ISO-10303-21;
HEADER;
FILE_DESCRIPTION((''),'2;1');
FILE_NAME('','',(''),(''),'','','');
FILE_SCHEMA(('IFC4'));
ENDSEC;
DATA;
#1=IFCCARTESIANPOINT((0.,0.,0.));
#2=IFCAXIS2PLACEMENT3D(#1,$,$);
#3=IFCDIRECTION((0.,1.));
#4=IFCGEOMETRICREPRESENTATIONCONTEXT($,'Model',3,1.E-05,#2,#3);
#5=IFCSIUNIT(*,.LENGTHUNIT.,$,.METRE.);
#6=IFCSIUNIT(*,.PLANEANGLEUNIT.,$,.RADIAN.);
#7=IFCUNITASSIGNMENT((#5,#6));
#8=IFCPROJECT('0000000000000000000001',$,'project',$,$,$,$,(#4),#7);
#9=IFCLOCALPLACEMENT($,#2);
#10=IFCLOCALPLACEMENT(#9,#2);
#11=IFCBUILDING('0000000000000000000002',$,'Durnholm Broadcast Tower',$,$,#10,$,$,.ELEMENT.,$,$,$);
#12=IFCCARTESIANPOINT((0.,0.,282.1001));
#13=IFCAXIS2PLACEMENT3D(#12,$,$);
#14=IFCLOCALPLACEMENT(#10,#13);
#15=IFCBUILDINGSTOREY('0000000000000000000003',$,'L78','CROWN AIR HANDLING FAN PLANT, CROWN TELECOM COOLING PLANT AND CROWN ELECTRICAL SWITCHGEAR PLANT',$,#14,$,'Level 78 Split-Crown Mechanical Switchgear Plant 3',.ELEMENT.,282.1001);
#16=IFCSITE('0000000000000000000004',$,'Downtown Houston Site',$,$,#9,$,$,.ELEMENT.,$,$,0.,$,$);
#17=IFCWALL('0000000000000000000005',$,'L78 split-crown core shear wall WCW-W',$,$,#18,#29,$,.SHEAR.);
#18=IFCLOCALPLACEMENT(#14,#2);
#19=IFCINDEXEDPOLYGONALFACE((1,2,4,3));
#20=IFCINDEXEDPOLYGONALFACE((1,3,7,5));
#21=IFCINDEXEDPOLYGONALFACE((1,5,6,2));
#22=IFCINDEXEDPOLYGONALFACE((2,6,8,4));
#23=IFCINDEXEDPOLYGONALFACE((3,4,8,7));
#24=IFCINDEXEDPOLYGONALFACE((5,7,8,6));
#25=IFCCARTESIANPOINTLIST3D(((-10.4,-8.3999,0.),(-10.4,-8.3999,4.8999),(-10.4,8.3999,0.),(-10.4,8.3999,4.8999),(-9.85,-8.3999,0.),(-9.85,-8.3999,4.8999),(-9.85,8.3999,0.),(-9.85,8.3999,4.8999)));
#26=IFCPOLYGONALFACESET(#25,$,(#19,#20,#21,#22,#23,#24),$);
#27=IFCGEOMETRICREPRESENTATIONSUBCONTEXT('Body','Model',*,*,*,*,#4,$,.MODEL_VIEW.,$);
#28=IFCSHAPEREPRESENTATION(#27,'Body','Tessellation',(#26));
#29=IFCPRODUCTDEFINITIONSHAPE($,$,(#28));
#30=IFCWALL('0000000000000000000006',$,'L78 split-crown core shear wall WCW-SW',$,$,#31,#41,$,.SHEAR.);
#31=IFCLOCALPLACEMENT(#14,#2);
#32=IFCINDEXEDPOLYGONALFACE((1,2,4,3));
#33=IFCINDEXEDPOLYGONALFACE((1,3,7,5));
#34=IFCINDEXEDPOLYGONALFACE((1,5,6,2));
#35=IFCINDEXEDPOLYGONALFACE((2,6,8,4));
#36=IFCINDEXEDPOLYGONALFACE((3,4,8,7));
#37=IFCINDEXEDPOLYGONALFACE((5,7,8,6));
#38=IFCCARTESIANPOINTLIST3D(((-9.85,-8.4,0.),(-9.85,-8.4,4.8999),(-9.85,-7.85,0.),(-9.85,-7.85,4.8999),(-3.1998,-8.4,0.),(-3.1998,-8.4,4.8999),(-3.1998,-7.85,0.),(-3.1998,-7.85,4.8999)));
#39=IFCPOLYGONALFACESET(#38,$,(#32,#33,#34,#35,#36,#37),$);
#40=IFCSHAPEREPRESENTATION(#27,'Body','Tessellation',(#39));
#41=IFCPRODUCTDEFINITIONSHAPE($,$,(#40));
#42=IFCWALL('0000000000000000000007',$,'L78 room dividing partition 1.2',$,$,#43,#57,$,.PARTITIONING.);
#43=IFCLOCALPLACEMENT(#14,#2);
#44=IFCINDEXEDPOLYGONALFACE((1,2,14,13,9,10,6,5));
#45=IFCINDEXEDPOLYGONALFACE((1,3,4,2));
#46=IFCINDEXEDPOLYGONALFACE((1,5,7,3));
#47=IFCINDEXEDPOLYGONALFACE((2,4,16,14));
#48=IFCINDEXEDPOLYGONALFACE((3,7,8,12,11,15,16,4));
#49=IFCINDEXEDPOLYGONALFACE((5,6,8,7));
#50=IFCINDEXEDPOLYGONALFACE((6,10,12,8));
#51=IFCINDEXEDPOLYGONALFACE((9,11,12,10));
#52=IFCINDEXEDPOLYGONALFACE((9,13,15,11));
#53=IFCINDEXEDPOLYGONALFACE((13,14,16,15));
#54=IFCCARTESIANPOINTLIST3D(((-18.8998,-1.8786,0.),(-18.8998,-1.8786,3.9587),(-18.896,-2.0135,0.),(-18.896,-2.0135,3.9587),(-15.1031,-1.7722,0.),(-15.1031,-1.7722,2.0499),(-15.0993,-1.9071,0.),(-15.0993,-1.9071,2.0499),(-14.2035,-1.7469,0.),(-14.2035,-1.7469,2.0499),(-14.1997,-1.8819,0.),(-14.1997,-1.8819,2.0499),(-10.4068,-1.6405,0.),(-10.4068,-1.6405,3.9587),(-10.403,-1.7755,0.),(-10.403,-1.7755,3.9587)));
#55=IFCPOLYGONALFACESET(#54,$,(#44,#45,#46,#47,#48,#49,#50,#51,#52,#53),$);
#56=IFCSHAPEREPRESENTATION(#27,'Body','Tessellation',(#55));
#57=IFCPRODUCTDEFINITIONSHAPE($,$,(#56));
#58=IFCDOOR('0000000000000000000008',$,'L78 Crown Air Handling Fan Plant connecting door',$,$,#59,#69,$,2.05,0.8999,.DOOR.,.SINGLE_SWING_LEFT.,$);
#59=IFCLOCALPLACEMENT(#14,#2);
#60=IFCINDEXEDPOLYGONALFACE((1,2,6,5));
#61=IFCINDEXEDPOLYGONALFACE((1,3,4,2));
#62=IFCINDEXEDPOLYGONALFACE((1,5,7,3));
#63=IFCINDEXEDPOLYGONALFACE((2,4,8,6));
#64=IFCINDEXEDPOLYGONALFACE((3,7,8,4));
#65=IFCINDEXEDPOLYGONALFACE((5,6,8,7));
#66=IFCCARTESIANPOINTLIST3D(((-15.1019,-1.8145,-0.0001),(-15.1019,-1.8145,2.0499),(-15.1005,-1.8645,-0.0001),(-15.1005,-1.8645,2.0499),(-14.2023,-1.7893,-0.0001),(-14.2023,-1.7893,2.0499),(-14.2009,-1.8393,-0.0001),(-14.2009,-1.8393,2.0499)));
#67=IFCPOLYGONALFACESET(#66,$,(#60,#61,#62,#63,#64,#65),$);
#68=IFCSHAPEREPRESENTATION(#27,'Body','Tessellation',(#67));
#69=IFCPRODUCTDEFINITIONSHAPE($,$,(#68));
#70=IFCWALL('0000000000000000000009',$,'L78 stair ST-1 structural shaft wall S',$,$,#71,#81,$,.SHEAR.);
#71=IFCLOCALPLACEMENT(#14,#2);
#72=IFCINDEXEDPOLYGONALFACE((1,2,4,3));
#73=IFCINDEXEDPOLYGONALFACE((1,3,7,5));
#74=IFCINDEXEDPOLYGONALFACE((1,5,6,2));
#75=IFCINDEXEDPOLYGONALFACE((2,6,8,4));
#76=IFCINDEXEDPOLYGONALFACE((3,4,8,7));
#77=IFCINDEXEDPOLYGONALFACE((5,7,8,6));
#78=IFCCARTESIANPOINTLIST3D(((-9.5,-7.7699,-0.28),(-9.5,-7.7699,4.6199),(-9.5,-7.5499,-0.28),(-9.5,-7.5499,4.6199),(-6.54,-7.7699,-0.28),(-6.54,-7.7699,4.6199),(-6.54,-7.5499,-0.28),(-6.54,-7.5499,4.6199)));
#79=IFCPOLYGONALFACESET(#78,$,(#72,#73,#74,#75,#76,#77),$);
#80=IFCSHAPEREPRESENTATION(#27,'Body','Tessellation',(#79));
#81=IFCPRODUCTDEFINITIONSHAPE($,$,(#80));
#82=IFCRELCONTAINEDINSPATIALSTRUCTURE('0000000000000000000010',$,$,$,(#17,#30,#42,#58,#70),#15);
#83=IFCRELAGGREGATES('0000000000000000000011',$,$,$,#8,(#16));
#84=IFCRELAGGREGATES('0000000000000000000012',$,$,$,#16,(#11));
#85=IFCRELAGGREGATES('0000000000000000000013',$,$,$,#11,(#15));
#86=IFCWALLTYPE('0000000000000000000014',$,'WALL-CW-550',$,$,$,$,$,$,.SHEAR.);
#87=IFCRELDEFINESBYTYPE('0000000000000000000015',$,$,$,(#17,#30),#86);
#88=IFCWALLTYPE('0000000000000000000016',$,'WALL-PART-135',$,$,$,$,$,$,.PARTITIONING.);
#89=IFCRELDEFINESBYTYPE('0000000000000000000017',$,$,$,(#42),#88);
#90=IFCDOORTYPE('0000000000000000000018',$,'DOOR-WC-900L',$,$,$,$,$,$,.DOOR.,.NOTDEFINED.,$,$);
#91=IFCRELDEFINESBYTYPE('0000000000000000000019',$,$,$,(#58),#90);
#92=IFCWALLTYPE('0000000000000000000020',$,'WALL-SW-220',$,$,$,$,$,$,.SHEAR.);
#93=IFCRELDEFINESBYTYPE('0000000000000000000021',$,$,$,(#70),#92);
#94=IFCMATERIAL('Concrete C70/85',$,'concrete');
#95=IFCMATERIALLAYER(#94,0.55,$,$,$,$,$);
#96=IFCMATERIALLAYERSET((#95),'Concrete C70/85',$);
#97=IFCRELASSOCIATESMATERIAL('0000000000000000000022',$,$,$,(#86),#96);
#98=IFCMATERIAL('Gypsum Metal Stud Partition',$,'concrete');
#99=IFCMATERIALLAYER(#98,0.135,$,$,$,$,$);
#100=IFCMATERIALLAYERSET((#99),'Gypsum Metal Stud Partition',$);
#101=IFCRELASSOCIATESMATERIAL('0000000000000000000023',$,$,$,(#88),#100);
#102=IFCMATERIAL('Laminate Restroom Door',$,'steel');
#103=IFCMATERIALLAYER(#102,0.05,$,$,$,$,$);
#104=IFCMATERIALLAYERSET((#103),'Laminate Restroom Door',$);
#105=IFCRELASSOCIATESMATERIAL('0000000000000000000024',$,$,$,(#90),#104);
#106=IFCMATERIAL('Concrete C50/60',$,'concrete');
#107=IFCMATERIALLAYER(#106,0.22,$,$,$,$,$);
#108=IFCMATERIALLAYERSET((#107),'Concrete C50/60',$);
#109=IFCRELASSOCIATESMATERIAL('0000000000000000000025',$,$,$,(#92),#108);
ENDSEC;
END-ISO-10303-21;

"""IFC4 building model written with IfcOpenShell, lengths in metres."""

from ifc_helpers import new_model, si_unit, direction, frame, frame_2d, origin, place, context, subcontext, project, spatial, rectangle, extrude, source, transform, mapped, material, layer, layer_set, type_object, type_shapes, element, fill, save


model = new_model("IFC4")

# Units and contexts
model_context = context("Model", 3, precision=1e-05, world=origin(), true_north=direction((0.0, 1.0)))
body_context = subcontext(model_context, "Body", "Model", "MODEL_VIEW")
ifc_project = project(units=[si_unit("LENGTHUNIT", "METRE"), si_unit("PLANEANGLEUNIT", "RADIAN")], contexts=[model_context])

# Site, building, storey
site_placement = place(None, origin())
site = spatial("IfcSite", under=ifc_project, at=site_placement, Name="Downtown Houston Site", CompositionType="ELEMENT", RefElevation=0.0)
building_placement = place(site_placement, origin())
building = spatial("IfcBuilding", under=site, at=building_placement, Name="Durnholm Broadcast Tower", CompositionType="ELEMENT")
storey_placement = place(building_placement, frame((0.0, 0.0, 282.1001)))
storey = spatial("IfcBuildingStorey", under=building, at=storey_placement, Name="L78", Description="CROWN AIR HANDLING FAN PLANT, CROWN TELECOM COOLING PLANT AND CROWN ELECTRICAL SWITCHGEAR PLANT", LongName="Level 78 Split-Crown Mechanical Switchgear Plant 3", CompositionType="ELEMENT", Elevation=282.1001)

# Shared definitions
ifc_material_1 = material(Name="Concrete C70/85", Category="concrete")

# Walls
ifc_layer_1 = layer(ifc_material_1, 0.55)
ifc_layer_set_1 = layer_set([ifc_layer_1], Name="Concrete C70/85")
wall_type_1 = type_object("IfcWallType", Name="WALL-CW-550", PredefinedType="SHEAR", material=ifc_layer_set_1)
wall_1_placement = place(storey_placement, frame((-10.125, -8.3999, 0.0), z_axis=(0.0, 0.0, 1.0), x_axis=(0.0, 1.0, 0.0)))
element("IfcWall", 1, at=wall_1_placement, inside=storey, type_object=wall_type_1, Name="L78 split-crown core shear wall WCW-W", PredefinedType="SHEAR", context=body_context, shape_type="SweptSolid", body=[
    extrude(rectangle(XDim=16.7998, YDim=0.55, at=frame_2d((8.3999, 0.0))), origin(), (0.0, 0.0, 1.0), 4.8999),
])
wall_2_placement = place(storey_placement, frame((-9.8501, -8.125, 0.0), z_axis=(0.0, 0.0, 1.0), x_axis=(1.0, 0.0, 0.0)))
element("IfcWall", 2, at=wall_2_placement, inside=storey, type_object=wall_type_1, Name="L78 split-crown core shear wall WCW-SW", PredefinedType="SHEAR", context=body_context, shape_type="SweptSolid", body=[
    extrude(rectangle(XDim=6.6501, YDim=0.55, at=frame_2d((3.3252, 0.0))), origin(), (0.0, 0.0, 1.0), 4.8999),
])

# Wall, opening, door
ifc_material_2 = material(Name="Gypsum Metal Stud Partition", Category="concrete")
ifc_layer_2 = layer(ifc_material_2, 0.135)
ifc_layer_set_2 = layer_set([ifc_layer_2], Name="Gypsum Metal Stud Partition")
wall_type_2 = type_object("IfcWallType", Name="WALL-PART-135", PredefinedType="PARTITIONING", material=ifc_layer_set_2)
wall_3_placement = place(storey_placement, frame((-10.405, -1.708, 0.0), z_axis=(0.0, 0.0, 1.0), x_axis=(-0.999607, -0.028017, 0.0)))
wall_3 = element("IfcWall", 3, at=wall_3_placement, inside=storey, type_object=wall_type_2, Name="L78 room dividing partition 1.2", PredefinedType="PARTITIONING", context=body_context, shape_type="SweptSolid", body=[
    extrude(rectangle(XDim=8.4963, YDim=0.135, at=frame_2d((4.248, 0.0))), origin(), (0.0, 0.0, 1.0), 3.9587),
])
opening_placement = place(wall_3_placement, frame((3.7981, 0.0, 0.0)))
opening = element("IfcOpeningElement", 4, at=opening_placement, cuts=wall_3, PredefinedType="OPENING", context=body_context, shape_type="SweptSolid", body=[
    extrude(rectangle(XDim=0.8999, YDim=2.05, at=frame_2d((0.45, 1.0249))), frame((0.0, 0.0776, 0.0), z_axis=(0.0, -1.0, 0.0), x_axis=(1.0, 0.0, 0.0)), (0.0, 0.0, 1.0), 0.155),
])
ifc_material_3 = material(Name="Laminate Restroom Door", Category="steel")
ifc_layer_3 = layer(ifc_material_3, 0.05)
ifc_layer_set_3 = layer_set([ifc_layer_3], Name="Laminate Restroom Door")
door_type = type_object("IfcDoorType", Name="DOOR-WC-900L", OperationType="NOTDEFINED", PredefinedType="DOOR", material=ifc_layer_set_3)
shared_shape_1 = source(origin(), body_context, "Body", "SweptSolid", [
    extrude(rectangle(XDim=0.8999, YDim=2.05, at=frame_2d((0.45, 1.0249))), frame((0.0, 0.0249, 0.0), z_axis=(0.0, -1.0, 0.0), x_axis=(1.0, 0.0, 0.0)), (0.0, 0.0, 1.0), 0.05),
])
type_shapes(door_type, [shared_shape_1])
door_placement = place(opening_placement, origin())
door = element("IfcDoor", 5, at=door_placement, inside=storey, type_object=door_type, Name="L78 Crown Air Handling Fan Plant connecting door", OperationType="SINGLE_SWING_LEFT", OverallHeight=2.05, OverallWidth=0.8999, PredefinedType="DOOR", context=body_context, shape_type="MappedRepresentation", body=[
    mapped(shared_shape_1, transform((0.0, 0.0, 0.0), x_axis=(1.0, 0.0, 0.0), y_axis=(0.0, 1.0, 0.0), z_axis=(0.0, 0.0, 1.0), scale=1.0)),
])
fill(opening, door)

# Wall
ifc_material_4 = material(Name="Concrete C50/60", Category="concrete")
ifc_layer_4 = layer(ifc_material_4, 0.22)
ifc_layer_set_4 = layer_set([ifc_layer_4], Name="Concrete C50/60")
wall_type_3 = type_object("IfcWallType", Name="WALL-SW-220", PredefinedType="SHEAR", material=ifc_layer_set_4)
wall_4_placement = place(storey_placement, frame((-9.5, -7.6599, -0.28), z_axis=(0.0, 0.0, 1.0), x_axis=(1.0, 0.0, 0.0)))
element("IfcWall", 6, at=wall_4_placement, inside=storey, type_object=wall_type_3, Name="L78 stair ST-1 structural shaft wall S", PredefinedType="SHEAR", context=body_context, shape_type="SweptSolid", body=[
    extrude(rectangle(XDim=2.96, YDim=0.22, at=frame_2d((1.48, 0.0))), origin(), (0.0, 0.0, 1.0), 4.8999),
])

save(model, "model.ifc")
